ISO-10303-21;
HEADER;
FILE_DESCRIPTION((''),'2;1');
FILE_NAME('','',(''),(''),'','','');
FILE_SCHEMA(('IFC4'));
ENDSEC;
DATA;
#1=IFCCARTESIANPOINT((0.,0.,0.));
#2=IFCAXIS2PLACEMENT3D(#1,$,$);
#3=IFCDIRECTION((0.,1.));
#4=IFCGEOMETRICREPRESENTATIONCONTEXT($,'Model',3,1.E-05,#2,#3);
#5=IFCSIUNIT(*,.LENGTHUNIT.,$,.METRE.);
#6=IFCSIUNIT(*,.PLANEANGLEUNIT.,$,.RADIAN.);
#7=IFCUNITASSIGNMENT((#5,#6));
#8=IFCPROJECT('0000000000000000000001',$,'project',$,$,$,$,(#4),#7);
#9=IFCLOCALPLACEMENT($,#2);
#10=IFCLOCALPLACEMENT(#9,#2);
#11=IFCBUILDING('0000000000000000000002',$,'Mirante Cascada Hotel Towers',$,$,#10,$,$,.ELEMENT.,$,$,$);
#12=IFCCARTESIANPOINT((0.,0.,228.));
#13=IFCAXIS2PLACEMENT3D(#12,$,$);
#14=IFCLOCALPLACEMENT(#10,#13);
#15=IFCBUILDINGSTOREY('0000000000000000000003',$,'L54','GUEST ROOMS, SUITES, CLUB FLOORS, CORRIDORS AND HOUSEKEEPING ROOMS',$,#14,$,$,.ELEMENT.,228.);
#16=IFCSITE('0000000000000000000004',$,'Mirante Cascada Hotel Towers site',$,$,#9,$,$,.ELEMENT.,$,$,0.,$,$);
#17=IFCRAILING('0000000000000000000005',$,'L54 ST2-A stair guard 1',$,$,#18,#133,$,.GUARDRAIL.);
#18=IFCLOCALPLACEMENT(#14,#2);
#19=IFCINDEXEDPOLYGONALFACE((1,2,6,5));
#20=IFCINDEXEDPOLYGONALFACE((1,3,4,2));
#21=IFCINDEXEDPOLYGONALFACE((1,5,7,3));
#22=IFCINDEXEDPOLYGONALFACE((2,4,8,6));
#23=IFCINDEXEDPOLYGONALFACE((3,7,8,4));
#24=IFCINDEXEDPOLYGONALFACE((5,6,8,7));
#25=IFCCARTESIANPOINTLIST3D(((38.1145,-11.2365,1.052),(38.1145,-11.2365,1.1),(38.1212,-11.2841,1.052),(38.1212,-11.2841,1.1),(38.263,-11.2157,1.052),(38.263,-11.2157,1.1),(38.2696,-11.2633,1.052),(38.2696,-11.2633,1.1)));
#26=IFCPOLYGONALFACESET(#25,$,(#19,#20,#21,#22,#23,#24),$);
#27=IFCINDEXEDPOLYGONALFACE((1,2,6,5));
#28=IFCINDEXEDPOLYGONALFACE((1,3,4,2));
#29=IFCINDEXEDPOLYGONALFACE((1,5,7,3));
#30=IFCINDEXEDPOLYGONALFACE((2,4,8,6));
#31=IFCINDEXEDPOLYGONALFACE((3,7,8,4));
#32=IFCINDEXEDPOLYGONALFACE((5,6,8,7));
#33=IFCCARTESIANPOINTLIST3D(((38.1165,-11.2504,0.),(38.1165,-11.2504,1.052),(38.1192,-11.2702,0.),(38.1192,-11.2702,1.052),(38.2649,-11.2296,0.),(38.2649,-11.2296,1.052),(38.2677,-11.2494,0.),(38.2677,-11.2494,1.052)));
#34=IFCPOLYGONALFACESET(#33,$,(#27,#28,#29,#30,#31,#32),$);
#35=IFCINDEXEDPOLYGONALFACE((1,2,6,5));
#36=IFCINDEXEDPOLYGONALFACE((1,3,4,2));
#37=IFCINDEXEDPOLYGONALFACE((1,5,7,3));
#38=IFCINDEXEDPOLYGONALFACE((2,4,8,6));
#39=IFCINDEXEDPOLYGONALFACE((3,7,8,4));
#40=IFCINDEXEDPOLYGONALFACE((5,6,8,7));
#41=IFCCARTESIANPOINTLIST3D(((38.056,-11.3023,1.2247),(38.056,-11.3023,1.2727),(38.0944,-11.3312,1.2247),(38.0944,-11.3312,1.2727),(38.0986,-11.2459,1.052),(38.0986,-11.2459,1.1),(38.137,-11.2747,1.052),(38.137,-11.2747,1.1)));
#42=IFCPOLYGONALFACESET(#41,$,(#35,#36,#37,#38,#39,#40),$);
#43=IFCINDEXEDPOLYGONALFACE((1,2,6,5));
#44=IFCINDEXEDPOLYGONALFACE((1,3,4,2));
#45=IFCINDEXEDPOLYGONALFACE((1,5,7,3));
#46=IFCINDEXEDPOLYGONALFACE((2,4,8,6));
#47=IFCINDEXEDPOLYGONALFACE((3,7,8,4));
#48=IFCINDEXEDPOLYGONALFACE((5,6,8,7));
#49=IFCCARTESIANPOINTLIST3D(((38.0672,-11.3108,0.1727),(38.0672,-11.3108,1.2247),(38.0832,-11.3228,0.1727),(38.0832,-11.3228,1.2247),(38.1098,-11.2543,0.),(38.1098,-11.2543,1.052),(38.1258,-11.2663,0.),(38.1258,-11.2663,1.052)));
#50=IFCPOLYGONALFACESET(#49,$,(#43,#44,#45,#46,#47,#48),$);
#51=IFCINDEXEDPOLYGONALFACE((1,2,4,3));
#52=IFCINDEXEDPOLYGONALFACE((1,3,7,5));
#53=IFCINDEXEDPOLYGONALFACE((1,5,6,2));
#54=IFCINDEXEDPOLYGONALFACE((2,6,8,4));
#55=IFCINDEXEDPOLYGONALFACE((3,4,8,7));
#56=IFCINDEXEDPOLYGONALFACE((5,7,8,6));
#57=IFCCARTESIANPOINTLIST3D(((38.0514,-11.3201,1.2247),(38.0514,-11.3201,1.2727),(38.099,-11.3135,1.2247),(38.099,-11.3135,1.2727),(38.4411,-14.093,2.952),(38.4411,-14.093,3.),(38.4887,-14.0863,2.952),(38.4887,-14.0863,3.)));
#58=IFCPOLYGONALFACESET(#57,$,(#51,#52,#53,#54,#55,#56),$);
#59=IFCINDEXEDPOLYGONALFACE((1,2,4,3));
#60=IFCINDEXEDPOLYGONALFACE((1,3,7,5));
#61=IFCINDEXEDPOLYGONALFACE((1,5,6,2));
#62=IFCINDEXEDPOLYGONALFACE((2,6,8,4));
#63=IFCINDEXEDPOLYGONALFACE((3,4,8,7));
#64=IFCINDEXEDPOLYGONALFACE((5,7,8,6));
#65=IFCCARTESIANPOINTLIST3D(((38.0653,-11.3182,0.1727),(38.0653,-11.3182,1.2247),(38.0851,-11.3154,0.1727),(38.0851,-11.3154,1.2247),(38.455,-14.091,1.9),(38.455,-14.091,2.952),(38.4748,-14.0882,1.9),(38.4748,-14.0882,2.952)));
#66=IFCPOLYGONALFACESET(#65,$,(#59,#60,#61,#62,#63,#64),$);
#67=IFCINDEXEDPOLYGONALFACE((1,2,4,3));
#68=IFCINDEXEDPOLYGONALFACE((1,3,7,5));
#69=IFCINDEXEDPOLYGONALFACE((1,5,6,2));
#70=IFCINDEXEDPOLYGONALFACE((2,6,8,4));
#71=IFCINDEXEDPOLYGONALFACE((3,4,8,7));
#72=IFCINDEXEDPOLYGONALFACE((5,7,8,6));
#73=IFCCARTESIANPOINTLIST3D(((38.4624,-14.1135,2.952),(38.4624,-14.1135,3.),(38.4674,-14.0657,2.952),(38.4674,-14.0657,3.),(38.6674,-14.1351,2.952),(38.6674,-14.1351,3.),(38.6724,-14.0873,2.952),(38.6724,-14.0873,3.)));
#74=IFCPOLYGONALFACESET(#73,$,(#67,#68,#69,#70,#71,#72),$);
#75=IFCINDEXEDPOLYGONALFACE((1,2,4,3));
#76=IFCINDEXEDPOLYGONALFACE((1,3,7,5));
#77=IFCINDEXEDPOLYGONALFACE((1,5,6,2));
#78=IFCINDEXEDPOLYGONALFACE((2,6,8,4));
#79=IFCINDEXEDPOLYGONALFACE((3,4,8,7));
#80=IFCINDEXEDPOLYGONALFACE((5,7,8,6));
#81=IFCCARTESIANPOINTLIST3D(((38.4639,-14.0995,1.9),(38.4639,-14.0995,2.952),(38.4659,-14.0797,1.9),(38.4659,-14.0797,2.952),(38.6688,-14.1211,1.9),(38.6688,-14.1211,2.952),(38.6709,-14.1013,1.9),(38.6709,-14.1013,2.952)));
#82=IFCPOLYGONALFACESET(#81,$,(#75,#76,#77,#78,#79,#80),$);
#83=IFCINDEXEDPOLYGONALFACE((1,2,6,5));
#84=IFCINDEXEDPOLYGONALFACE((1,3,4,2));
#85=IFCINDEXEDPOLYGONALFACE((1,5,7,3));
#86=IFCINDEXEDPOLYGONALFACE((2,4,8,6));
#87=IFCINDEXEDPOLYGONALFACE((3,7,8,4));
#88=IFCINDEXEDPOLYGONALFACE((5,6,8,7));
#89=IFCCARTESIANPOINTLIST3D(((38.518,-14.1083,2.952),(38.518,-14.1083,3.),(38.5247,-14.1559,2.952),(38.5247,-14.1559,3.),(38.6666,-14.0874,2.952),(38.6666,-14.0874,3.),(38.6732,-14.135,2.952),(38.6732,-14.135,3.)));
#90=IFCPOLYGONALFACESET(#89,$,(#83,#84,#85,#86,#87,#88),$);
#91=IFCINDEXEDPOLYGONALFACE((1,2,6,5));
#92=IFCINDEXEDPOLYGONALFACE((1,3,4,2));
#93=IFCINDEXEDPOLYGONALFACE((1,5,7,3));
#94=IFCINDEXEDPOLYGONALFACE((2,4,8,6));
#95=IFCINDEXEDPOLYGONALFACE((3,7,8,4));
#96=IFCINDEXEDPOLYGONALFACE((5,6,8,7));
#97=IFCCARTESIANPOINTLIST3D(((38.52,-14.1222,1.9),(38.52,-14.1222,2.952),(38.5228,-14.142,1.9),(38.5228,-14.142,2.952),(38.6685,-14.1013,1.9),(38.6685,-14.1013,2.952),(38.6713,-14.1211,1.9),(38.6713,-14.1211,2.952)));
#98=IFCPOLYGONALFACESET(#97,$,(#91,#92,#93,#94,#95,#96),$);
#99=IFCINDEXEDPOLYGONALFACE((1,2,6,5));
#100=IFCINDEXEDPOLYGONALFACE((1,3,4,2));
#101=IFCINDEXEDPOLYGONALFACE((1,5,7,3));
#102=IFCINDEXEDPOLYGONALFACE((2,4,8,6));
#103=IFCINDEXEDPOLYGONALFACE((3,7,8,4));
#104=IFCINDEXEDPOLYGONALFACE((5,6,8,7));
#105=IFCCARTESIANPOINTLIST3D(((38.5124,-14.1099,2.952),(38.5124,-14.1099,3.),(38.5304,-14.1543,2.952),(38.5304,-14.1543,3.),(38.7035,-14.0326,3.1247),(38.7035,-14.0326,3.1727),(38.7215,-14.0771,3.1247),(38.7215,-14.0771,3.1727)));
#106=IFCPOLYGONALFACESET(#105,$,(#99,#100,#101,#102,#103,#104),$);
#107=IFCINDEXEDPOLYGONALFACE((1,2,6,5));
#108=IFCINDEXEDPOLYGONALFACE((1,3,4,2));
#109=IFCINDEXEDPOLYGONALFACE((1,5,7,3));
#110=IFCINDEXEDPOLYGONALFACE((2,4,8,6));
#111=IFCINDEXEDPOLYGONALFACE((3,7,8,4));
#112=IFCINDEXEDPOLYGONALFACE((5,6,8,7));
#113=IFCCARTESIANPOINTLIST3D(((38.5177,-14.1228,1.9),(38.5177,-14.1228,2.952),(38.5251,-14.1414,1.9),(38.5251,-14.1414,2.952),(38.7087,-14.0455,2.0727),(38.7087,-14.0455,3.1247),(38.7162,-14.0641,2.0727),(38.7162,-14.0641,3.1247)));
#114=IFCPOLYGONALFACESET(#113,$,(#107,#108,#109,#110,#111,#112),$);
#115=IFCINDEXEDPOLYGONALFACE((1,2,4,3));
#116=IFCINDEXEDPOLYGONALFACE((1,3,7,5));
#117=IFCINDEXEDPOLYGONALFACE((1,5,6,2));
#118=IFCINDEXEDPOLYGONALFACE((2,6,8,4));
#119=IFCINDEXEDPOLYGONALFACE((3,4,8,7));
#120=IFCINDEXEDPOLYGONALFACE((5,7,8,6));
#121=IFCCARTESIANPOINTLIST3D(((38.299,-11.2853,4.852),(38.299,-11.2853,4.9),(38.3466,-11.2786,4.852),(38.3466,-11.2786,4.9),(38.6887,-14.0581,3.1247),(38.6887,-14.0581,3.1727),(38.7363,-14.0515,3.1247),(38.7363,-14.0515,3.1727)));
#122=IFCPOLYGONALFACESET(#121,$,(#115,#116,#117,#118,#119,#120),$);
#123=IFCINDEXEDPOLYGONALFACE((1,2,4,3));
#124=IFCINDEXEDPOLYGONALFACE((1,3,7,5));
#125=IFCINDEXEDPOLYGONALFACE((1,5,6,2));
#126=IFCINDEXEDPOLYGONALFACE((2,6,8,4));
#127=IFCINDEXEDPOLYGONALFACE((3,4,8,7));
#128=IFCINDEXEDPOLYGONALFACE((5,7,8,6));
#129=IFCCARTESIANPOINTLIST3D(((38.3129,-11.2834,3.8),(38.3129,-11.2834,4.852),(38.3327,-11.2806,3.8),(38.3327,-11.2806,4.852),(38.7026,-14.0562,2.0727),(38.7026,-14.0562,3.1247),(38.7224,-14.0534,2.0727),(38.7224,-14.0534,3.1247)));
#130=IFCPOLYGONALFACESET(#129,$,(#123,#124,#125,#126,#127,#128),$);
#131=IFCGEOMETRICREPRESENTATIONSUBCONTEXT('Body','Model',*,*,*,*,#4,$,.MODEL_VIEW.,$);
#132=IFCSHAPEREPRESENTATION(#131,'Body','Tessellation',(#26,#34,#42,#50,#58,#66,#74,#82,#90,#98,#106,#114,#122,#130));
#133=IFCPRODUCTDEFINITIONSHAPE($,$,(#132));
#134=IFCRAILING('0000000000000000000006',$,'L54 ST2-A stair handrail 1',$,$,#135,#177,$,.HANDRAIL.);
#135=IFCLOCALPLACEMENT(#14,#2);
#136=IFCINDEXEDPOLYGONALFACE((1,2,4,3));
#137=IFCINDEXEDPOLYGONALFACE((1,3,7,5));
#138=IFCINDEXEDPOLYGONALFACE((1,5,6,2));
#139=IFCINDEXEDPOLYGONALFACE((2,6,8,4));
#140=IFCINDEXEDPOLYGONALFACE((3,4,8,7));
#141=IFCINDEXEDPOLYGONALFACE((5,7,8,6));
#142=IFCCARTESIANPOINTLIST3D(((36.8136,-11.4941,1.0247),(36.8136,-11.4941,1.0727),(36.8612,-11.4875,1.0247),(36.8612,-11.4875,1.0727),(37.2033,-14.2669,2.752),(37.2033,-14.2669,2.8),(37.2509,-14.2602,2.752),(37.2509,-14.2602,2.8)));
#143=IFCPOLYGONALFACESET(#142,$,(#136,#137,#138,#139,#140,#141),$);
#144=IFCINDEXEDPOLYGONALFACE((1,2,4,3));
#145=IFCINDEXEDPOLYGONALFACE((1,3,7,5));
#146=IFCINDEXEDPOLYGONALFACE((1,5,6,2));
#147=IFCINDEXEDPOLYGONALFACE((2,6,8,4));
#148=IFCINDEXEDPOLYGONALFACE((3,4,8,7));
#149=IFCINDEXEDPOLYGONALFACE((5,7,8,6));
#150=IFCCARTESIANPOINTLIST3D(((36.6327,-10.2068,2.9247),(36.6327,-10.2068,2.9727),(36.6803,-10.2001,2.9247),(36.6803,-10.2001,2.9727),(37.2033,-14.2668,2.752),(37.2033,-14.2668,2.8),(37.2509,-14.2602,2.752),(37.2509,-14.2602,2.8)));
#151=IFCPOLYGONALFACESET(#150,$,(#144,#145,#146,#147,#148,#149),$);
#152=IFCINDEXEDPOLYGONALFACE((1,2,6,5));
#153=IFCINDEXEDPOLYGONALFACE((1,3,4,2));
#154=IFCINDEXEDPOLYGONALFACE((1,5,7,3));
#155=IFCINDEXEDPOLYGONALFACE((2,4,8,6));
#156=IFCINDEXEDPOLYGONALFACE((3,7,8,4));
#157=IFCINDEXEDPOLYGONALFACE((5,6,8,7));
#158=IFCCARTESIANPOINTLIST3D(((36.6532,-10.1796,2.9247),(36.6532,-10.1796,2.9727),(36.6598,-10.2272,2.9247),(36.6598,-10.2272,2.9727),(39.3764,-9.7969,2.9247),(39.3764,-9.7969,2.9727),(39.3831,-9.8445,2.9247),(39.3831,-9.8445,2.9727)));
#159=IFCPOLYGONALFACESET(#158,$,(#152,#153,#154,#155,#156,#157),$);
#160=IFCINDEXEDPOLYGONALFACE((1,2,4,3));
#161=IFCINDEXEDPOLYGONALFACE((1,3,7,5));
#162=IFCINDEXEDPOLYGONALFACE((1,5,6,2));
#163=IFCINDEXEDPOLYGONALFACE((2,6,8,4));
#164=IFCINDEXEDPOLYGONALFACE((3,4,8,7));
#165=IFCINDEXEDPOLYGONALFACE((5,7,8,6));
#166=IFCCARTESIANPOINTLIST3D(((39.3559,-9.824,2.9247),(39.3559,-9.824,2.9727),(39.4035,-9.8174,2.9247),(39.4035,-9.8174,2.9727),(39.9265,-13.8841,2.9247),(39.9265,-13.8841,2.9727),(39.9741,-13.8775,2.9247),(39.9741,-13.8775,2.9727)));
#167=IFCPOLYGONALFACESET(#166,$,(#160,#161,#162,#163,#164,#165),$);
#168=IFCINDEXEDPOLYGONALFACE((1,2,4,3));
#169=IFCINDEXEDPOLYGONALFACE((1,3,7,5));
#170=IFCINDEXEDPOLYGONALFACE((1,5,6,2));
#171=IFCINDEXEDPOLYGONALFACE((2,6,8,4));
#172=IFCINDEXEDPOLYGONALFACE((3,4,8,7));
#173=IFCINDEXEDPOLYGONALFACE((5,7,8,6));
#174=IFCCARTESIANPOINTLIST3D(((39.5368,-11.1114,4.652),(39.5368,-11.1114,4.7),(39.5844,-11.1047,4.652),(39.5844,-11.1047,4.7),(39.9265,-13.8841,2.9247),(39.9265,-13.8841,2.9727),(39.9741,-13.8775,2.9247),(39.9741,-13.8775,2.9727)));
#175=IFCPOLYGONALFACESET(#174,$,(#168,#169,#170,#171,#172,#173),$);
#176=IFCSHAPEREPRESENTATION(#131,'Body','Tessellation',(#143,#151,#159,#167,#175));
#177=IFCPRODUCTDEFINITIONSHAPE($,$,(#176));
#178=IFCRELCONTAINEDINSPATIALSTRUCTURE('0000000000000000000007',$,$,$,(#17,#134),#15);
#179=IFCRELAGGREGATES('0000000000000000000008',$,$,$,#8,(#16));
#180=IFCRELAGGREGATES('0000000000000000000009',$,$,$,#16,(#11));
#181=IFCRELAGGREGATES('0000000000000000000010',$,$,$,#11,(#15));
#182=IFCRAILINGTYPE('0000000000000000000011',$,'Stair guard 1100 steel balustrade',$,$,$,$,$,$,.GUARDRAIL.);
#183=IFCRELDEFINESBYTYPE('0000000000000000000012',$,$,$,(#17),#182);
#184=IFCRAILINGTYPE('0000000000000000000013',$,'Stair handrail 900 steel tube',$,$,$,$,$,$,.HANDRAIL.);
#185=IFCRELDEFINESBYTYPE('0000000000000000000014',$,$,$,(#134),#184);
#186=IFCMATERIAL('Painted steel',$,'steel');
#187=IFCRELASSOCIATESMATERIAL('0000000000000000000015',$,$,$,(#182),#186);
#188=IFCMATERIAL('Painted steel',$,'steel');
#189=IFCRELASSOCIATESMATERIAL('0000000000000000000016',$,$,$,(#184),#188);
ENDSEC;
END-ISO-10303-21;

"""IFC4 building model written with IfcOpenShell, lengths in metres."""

from ifc_helpers import new_model, si_unit, direction, frame, origin, origin_2d, place, context, subcontext, project, spatial, rectangle, extrude, material, type_object, element, save


model = new_model("IFC4")

# Units and contexts
model_context = context("Model", 3, precision=1e-05, world=origin(), true_north=direction((0.0, 1.0)))
body_context = subcontext(model_context, "Body", "Model", "MODEL_VIEW")
ifc_project = project(units=[si_unit("LENGTHUNIT", "METRE"), si_unit("PLANEANGLEUNIT", "RADIAN")], contexts=[model_context])

# Site, building, storey
site_placement = place(None, origin())
site = spatial("IfcSite", under=ifc_project, at=site_placement, Name="Mirante Cascada Hotel Towers site", CompositionType="ELEMENT", RefElevation=0.0)
building_placement = place(site_placement, origin())
building = spatial("IfcBuilding", under=site, at=building_placement, Name="Mirante Cascada Hotel Towers", CompositionType="ELEMENT")
storey_placement = place(building_placement, frame((0.0, 0.0, 228.0)))
storey = spatial("IfcBuildingStorey", under=building, at=storey_placement, Name="L54", Description="GUEST ROOMS, SUITES, CLUB FLOORS, CORRIDORS AND HOUSEKEEPING ROOMS", CompositionType="ELEMENT", Elevation=228.0)

# Railings
ifc_material_1 = material(Name="Painted steel", Category="steel")
railing_type_1 = type_object("IfcRailingType", Name="Stair guard 1100 steel balustrade", PredefinedType="GUARDRAIL", material=ifc_material_1)
railing_1_placement = place(storey_placement, frame((38.2663, -11.2395, 0.0)))
element("IfcRailing", 1, at=railing_1_placement, inside=storey, type_object=railing_type_1, Name="L54 ST2-A stair guard 1", PredefinedType="GUARDRAIL", context=body_context, shape_type="SweptSolid", body=[
    extrude(rectangle(XDim=0.048, YDim=0.048, at=origin_2d()), frame((0.0, 0.0, 1.076), z_axis=(-0.990333, -0.138713, 0.0), x_axis=(0.138713, -0.990333, 0.0)), (0.0, 0.0, 1.0), 0.1499),
    extrude(rectangle(XDim=0.02, YDim=1.052, at=origin_2d()), frame((0.0, 0.0, 0.526), z_axis=(-0.990333, -0.138713, 0.0), x_axis=(0.138713, -0.990333, 0.0)), (0.0, 0.0, 1.0), 0.1499),
    extrude(rectangle(XDim=0.048, YDim=0.048, at=origin_2d()), frame((-0.1485, -0.0208, 1.076), z_axis=(-0.602033, -0.798471, 0.0), x_axis=(0.798471, -0.602033, 0.0)), (0.0, 0.92534, 0.379139), 0.1866),
    extrude(rectangle(XDim=0.02, YDim=1.052, at=origin_2d()), frame((-0.1485, -0.0208, 0.526), z_axis=(-0.602033, -0.798471, 0.0), x_axis=(0.798471, -0.602033, 0.0)), (0.0, 0.92534, 0.379139), 0.1866),
    extrude(rectangle(XDim=0.048, YDim=0.048, at=origin_2d()), frame((-0.1911, -0.0773, 1.2487), z_axis=(0.139176, -0.990268, 0.0), x_axis=(0.990268, 0.139176, 0.0)), (0.0, 0.525021, 0.851089), 3.29),
    extrude(rectangle(XDim=0.02, YDim=1.052, at=origin_2d()), frame((-0.1911, -0.0773, 0.6987), z_axis=(0.139176, -0.990268, 0.0), x_axis=(0.990268, 0.139176, 0.0)), (0.0, 0.525021, 0.851089), 3.29),
    extrude(rectangle(XDim=0.048, YDim=0.048, at=origin_2d()), frame((0.1986, -2.8501, 2.976), z_axis=(0.994495, -0.104786, 0.0), x_axis=(0.104786, 0.994495, 0.0)), (0.0, 0.0, 1.0), 0.2061),
    extrude(rectangle(XDim=0.02, YDim=1.052, at=origin_2d()), frame((0.1986, -2.8501, 2.426), z_axis=(0.994495, -0.104786, 0.0), x_axis=(0.104786, 0.994495, 0.0)), (0.0, 0.0, 1.0), 0.2061),
    extrude(rectangle(XDim=0.048, YDim=0.048, at=origin_2d()), frame((0.4036, -2.8717, 2.976), z_axis=(-0.990241, -0.139367, 0.0), x_axis=(0.139367, -0.990241, 0.0)), (0.0, 0.0, 1.0), 0.15),
    extrude(rectangle(XDim=0.02, YDim=1.052, at=origin_2d()), frame((0.4036, -2.8717, 2.426), z_axis=(-0.990241, -0.139367, 0.0), x_axis=(0.139367, -0.990241, 0.0)), (0.0, 0.0, 1.0), 0.15),
    extrude(rectangle(XDim=0.048, YDim=0.048, at=origin_2d()), frame((0.2551, -2.8926, 2.976), z_axis=(0.927031, 0.374984, 0.0), x_axis=(-0.374984, 0.927031, 0.0)), (0.0, 0.64219, 0.766545), 0.2689),
    extrude(rectangle(XDim=0.02, YDim=1.052, at=origin_2d()), frame((0.2551, -2.8926, 2.426), z_axis=(0.927031, 0.374984, 0.0), x_axis=(-0.374984, 0.927031, 0.0)), (0.0, 0.64219, 0.766545), 0.2689),
    extrude(rectangle(XDim=0.048, YDim=0.048, at=origin_2d()), frame((0.4462, -2.8153, 3.1487), z_axis=(-0.139176, 0.990268, 0.0), x_axis=(-0.990268, -0.139176, 0.0)), (0.0, 0.525021, 0.851089), 3.29),
    extrude(rectangle(XDim=0.02, YDim=1.052, at=origin_2d()), frame((0.4462, -2.8153, 2.5987), z_axis=(-0.139176, 0.990268, 0.0), x_axis=(-0.990268, -0.139176, 0.0)), (0.0, 0.525021, 0.851089), 3.29),
])
ifc_material_2 = material(Name="Painted steel", Category="steel")
railing_type_2 = type_object("IfcRailingType", Name="Stair handrail 900 steel tube", PredefinedType="HANDRAIL", material=ifc_material_2)
railing_2_placement = place(storey_placement, frame((36.8374, -11.4908, 0.1727)))
element("IfcRailing", 2, at=railing_2_placement, inside=storey, type_object=railing_type_2, Name="L54 ST2-A stair handrail 1", PredefinedType="HANDRAIL", context=body_context, shape_type="SweptSolid", body=[
    extrude(rectangle(XDim=0.048, YDim=0.048, at=origin_2d()), frame((0.0, 0.0, 0.876), z_axis=(0.139181, -0.990267, 0.0), x_axis=(0.990267, 0.139181, 0.0)), (0.0, 0.525035, 0.851081), 3.2899),
    extrude(rectangle(XDim=0.048, YDim=0.048, at=origin_2d()), frame((0.3897, -2.7727, 2.6033), z_axis=(-0.139171, 0.990268, 0.0), x_axis=(-0.990268, -0.139171, 0.0)), (0.0, 0.042085, 0.999114), 4.1036),
    extrude(rectangle(XDim=0.048, YDim=0.048, at=origin_2d()), frame((-0.1809, 1.2874, 2.776), z_axis=(0.990269, 0.139166, 0.0), x_axis=(-0.139166, 0.990269, 0.0)), (0.0, 0.0, 1.0), 2.75),
    extrude(rectangle(XDim=0.048, YDim=0.048, at=origin_2d()), frame((2.5423, 1.6701, 2.776), z_axis=(0.139171, -0.990268, 0.0), x_axis=(0.990268, 0.139171, 0.0)), (0.0, 0.0, 1.0), 4.1),
    extrude(rectangle(XDim=0.048, YDim=0.048, at=origin_2d()), frame((3.1129, -2.39, 2.776), z_axis=(-0.139181, 0.990267, 0.0), x_axis=(-0.990267, -0.139181, 0.0)), (0.0, 0.525035, 0.851081), 3.2899),
])

save(model, "model.ifc")
